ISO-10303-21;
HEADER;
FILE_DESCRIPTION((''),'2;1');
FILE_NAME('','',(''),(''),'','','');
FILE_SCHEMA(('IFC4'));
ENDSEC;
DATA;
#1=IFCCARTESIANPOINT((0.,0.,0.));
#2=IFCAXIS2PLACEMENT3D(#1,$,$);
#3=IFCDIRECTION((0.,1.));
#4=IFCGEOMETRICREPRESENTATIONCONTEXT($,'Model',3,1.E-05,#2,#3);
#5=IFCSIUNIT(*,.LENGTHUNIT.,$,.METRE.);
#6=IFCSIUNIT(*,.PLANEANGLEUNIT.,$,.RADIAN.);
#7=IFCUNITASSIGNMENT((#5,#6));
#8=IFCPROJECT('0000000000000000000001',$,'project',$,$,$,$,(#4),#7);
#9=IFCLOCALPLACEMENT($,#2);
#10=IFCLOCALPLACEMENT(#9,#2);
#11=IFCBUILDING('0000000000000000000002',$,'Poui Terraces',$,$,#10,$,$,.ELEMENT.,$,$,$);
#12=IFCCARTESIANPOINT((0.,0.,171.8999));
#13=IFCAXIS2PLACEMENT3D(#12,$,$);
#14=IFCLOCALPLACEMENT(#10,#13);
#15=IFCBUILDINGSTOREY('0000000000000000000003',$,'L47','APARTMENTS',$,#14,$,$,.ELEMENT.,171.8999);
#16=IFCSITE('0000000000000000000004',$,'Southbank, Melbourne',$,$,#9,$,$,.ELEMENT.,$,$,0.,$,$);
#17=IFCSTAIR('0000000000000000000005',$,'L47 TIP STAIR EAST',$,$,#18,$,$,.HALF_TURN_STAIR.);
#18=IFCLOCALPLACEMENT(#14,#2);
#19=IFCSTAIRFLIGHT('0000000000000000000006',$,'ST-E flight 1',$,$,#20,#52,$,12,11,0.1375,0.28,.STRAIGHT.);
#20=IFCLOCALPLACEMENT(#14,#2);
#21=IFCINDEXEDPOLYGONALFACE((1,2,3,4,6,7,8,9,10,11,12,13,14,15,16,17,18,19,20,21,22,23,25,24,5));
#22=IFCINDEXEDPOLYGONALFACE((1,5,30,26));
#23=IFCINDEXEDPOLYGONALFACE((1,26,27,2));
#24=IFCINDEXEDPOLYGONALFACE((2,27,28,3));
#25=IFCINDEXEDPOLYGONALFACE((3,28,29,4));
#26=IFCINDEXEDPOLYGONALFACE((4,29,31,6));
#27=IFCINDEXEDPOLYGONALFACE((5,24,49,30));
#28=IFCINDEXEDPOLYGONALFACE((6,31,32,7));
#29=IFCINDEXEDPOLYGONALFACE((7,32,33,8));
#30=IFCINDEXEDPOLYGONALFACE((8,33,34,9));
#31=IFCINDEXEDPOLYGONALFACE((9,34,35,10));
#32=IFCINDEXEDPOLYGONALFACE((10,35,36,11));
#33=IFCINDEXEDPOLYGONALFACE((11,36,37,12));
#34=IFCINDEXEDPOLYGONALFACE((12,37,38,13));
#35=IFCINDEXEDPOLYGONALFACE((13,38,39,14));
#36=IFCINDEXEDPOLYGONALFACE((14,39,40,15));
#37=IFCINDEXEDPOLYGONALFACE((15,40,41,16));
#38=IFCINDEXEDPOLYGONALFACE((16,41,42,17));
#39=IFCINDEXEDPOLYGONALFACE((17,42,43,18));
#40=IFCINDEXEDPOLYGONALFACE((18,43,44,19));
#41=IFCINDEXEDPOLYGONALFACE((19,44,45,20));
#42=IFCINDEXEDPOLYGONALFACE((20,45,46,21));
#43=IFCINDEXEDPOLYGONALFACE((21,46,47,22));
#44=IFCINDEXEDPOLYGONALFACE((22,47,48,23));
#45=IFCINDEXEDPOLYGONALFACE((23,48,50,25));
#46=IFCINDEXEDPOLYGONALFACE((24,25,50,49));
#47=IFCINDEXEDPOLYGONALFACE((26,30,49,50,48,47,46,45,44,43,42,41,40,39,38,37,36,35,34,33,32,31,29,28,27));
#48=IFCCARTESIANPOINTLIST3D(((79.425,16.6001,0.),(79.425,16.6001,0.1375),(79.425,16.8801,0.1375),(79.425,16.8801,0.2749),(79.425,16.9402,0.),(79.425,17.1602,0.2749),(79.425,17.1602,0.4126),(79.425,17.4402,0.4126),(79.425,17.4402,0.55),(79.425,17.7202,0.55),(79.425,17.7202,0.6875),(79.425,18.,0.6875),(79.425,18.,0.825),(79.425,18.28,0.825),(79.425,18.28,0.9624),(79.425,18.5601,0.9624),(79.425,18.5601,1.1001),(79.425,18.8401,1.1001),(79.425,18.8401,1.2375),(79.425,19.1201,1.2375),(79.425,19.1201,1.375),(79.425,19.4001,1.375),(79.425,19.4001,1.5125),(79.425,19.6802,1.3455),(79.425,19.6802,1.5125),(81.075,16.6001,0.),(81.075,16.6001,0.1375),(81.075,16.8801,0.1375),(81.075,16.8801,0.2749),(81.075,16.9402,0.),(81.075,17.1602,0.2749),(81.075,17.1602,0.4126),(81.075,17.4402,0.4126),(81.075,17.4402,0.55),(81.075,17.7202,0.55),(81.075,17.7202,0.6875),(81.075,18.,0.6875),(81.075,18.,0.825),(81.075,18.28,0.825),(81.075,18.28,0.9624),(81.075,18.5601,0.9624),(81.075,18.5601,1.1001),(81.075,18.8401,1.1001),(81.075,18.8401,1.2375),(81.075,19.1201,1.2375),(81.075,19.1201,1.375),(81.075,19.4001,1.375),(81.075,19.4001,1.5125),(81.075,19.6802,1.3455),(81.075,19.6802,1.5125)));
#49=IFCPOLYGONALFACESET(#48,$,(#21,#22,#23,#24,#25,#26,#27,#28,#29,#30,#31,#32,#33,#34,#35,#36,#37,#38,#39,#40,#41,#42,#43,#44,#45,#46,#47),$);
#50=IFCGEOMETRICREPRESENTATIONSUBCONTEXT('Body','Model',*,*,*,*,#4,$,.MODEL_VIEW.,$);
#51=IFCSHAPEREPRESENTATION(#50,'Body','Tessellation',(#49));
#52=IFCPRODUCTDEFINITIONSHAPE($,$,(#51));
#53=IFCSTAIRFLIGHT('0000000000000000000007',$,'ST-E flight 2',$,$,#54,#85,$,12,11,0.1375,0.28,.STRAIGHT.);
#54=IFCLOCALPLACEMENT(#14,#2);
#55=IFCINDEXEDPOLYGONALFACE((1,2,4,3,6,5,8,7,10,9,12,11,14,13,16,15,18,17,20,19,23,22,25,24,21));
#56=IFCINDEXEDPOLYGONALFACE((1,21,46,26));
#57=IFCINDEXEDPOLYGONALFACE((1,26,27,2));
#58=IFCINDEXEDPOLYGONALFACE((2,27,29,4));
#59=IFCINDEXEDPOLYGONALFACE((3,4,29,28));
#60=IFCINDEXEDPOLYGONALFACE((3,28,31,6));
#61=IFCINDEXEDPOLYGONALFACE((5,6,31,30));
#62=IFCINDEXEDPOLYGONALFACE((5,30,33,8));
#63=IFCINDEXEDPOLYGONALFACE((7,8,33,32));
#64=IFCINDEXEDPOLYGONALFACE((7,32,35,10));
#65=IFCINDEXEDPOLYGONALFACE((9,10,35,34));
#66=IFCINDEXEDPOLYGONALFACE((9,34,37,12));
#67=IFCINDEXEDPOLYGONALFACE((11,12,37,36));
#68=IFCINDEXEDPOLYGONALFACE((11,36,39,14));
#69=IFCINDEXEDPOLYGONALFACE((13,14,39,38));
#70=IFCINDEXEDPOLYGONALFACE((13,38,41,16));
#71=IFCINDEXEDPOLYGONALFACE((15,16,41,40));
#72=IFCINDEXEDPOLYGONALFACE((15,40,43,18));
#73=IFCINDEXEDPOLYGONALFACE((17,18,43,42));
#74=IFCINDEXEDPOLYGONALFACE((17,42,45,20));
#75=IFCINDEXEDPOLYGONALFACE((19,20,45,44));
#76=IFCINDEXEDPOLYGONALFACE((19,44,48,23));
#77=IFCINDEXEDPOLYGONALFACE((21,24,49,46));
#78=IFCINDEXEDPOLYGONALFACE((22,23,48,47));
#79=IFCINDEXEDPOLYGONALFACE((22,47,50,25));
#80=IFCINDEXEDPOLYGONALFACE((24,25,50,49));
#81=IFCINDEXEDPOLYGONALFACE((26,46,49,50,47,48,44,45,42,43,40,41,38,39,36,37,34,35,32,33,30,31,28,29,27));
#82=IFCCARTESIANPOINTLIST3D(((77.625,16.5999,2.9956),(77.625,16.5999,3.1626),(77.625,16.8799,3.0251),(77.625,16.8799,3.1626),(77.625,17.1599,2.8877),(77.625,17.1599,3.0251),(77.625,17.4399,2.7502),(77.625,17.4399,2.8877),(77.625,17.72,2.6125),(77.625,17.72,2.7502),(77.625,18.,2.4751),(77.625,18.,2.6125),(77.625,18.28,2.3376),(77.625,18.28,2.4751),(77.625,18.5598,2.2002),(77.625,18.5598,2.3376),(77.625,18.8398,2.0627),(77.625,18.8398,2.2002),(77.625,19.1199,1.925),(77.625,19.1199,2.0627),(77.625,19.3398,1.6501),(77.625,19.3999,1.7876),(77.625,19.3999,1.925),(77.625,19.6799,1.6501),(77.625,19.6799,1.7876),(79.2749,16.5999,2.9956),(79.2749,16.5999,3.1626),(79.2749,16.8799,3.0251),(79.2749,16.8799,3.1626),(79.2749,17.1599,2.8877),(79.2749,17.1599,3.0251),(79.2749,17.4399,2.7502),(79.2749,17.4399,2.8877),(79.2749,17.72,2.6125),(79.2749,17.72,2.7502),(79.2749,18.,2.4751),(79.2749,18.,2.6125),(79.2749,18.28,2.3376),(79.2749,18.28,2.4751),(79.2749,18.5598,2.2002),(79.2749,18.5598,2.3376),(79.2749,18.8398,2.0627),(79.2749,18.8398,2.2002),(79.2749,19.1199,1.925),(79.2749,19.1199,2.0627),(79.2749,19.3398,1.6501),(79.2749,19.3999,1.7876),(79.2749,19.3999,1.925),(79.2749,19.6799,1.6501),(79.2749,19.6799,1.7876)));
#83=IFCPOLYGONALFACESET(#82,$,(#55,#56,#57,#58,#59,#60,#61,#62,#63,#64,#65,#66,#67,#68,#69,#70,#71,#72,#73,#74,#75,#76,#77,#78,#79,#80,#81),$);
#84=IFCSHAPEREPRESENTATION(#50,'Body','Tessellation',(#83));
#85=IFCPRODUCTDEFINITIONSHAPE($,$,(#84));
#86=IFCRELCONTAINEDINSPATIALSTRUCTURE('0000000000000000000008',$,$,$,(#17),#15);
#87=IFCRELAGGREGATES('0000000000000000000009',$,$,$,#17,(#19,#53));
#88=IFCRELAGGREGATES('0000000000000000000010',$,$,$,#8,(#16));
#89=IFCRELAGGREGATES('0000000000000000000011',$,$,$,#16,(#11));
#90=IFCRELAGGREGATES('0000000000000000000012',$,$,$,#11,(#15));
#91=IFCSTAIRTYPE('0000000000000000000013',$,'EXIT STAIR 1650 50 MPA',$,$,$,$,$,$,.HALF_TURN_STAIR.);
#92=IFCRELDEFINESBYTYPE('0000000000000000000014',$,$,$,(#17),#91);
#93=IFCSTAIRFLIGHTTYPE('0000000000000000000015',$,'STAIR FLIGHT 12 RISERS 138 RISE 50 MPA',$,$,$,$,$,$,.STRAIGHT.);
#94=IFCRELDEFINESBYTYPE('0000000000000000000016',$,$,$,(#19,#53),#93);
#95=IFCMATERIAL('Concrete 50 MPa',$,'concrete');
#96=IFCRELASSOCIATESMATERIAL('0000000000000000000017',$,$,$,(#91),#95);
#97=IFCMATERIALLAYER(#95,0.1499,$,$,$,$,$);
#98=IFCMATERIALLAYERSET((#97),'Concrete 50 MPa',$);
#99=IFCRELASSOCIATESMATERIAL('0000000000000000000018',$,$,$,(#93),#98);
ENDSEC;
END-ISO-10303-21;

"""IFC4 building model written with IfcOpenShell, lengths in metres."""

from ifc_helpers import new_model, si_unit, direction, frame, origin, place, context, subcontext, project, spatial, polyline, outline, extrude, material, layer, layer_set, type_object, element, aggregate, save


model = new_model("IFC4")

# Units and contexts
model_context = context("Model", 3, precision=1e-05, world=origin(), true_north=direction((0.0, 1.0)))
body_context = subcontext(model_context, "Body", "Model", "MODEL_VIEW")
ifc_project = project(units=[si_unit("LENGTHUNIT", "METRE"), si_unit("PLANEANGLEUNIT", "RADIAN")], contexts=[model_context])

# Site, building, storey
site_placement = place(None, origin())
site = spatial("IfcSite", under=ifc_project, at=site_placement, Name="Southbank, Melbourne", CompositionType="ELEMENT", RefElevation=0.0)
building_placement = place(site_placement, origin())
building = spatial("IfcBuilding", under=site, at=building_placement, Name="Poui Terraces", CompositionType="ELEMENT")
storey_placement = place(building_placement, frame((0.0, 0.0, 171.8999)))
storey = spatial("IfcBuildingStorey", under=building, at=storey_placement, Name="L47", Description="APARTMENTS", CompositionType="ELEMENT", Elevation=171.8999)

# Shared definitions
ifc_material_1 = material(Name="Concrete 50 MPa", Category="concrete")

# Stair, stair flights
stair_type = type_object("IfcStairType", Name="EXIT STAIR 1650 50 MPA", PredefinedType="HALF_TURN_STAIR", material=ifc_material_1)
ifc_layer_1 = layer(ifc_material_1, 0.1499)
ifc_layer_set_1 = layer_set([ifc_layer_1], Name="Concrete 50 MPa")
stair_flight_type = type_object("IfcStairFlightType", Name="STAIR FLIGHT 12 RISERS 138 RISE 50 MPA", PredefinedType="STRAIGHT", material=ifc_layer_set_1)
stair_1_placement = place(storey_placement, origin())
stair_1 = element("IfcStair", 1, at=stair_1_placement, inside=storey, type_object=stair_type, Name="L47 TIP STAIR EAST", PredefinedType="HALF_TURN_STAIR")
stair_flight_1_placement = place(storey_placement, frame((80.25, 16.6001, 0.0), z_axis=(0.0, 0.0, 1.0), x_axis=(0.0, 1.0, 0.0)))
stair_flight_1 = element("IfcStairFlight", 2, at=stair_flight_1_placement, type_object=stair_flight_type, Name="ST-E flight 1", NumberOfRisers=12, NumberOfTreads=11, PredefinedType="STRAIGHT", RiserHeight=0.1375, TreadLength=0.28, context=body_context, shape_type="SweptSolid", body=[
    extrude(outline(polyline([(0.0, 0.0), (0.0, 0.1375), (0.28, 0.1375), (0.28, 0.2749), (0.5601, 0.2749), (0.5601, 0.4126), (0.8401, 0.4126), (0.8401, 0.55), (1.1201, 0.55), (1.1201, 0.6875), (1.3999, 0.6875), (1.3999, 0.825), (1.6799, 0.825), (1.6799, 0.9624), (1.96, 0.9624), (1.96, 1.1001), (2.24, 1.1001), (2.24, 1.2375), (2.52, 1.2375), (2.52, 1.375), (2.8, 1.375), (2.8, 1.5125), (3.0801, 1.5125), (3.0801, 1.6499), (3.0801, 1.3455), (0.3401, 0.0), (0.0, 0.0)])), frame((0.0, 0.825, 0.0), z_axis=(0.0, -1.0, 0.0), x_axis=(1.0, 0.0, 0.0)), (0.0, 0.0, 1.0), 1.6499),
])
stair_flight_2_placement = place(storey_placement, frame((78.45, 19.6799, 1.6501), z_axis=(0.0, 0.0, 1.0), x_axis=(0.0, -1.0, 0.0)))
stair_flight_2 = element("IfcStairFlight", 3, at=stair_flight_2_placement, type_object=stair_flight_type, Name="ST-E flight 2", NumberOfRisers=12, NumberOfTreads=11, PredefinedType="STRAIGHT", RiserHeight=0.1375, TreadLength=0.28, context=body_context, shape_type="SweptSolid", body=[
    extrude(outline(polyline([(0.0, 0.0), (0.0, 0.1375), (0.28, 0.1375), (0.28, 0.2749), (0.5601, 0.2749), (0.5601, 0.4126), (0.8401, 0.4126), (0.8401, 0.55), (1.1201, 0.55), (1.1201, 0.6875), (1.3999, 0.6875), (1.3999, 0.825), (1.6799, 0.825), (1.6799, 0.9624), (1.96, 0.9624), (1.96, 1.1001), (2.24, 1.1001), (2.24, 1.2375), (2.52, 1.2375), (2.52, 1.375), (2.8, 1.375), (2.8, 1.5125), (3.0801, 1.5125), (3.0801, 1.6499), (3.0801, 1.3455), (0.3401, 0.0), (0.0, 0.0)])), frame((0.0, 0.825, 0.0), z_axis=(0.0, -1.0, 0.0), x_axis=(1.0, 0.0, 0.0)), (0.0, 0.0, 1.0), 1.6499),
])
aggregate(stair_1, [stair_flight_1, stair_flight_2])

save(model, "model.ifc")
